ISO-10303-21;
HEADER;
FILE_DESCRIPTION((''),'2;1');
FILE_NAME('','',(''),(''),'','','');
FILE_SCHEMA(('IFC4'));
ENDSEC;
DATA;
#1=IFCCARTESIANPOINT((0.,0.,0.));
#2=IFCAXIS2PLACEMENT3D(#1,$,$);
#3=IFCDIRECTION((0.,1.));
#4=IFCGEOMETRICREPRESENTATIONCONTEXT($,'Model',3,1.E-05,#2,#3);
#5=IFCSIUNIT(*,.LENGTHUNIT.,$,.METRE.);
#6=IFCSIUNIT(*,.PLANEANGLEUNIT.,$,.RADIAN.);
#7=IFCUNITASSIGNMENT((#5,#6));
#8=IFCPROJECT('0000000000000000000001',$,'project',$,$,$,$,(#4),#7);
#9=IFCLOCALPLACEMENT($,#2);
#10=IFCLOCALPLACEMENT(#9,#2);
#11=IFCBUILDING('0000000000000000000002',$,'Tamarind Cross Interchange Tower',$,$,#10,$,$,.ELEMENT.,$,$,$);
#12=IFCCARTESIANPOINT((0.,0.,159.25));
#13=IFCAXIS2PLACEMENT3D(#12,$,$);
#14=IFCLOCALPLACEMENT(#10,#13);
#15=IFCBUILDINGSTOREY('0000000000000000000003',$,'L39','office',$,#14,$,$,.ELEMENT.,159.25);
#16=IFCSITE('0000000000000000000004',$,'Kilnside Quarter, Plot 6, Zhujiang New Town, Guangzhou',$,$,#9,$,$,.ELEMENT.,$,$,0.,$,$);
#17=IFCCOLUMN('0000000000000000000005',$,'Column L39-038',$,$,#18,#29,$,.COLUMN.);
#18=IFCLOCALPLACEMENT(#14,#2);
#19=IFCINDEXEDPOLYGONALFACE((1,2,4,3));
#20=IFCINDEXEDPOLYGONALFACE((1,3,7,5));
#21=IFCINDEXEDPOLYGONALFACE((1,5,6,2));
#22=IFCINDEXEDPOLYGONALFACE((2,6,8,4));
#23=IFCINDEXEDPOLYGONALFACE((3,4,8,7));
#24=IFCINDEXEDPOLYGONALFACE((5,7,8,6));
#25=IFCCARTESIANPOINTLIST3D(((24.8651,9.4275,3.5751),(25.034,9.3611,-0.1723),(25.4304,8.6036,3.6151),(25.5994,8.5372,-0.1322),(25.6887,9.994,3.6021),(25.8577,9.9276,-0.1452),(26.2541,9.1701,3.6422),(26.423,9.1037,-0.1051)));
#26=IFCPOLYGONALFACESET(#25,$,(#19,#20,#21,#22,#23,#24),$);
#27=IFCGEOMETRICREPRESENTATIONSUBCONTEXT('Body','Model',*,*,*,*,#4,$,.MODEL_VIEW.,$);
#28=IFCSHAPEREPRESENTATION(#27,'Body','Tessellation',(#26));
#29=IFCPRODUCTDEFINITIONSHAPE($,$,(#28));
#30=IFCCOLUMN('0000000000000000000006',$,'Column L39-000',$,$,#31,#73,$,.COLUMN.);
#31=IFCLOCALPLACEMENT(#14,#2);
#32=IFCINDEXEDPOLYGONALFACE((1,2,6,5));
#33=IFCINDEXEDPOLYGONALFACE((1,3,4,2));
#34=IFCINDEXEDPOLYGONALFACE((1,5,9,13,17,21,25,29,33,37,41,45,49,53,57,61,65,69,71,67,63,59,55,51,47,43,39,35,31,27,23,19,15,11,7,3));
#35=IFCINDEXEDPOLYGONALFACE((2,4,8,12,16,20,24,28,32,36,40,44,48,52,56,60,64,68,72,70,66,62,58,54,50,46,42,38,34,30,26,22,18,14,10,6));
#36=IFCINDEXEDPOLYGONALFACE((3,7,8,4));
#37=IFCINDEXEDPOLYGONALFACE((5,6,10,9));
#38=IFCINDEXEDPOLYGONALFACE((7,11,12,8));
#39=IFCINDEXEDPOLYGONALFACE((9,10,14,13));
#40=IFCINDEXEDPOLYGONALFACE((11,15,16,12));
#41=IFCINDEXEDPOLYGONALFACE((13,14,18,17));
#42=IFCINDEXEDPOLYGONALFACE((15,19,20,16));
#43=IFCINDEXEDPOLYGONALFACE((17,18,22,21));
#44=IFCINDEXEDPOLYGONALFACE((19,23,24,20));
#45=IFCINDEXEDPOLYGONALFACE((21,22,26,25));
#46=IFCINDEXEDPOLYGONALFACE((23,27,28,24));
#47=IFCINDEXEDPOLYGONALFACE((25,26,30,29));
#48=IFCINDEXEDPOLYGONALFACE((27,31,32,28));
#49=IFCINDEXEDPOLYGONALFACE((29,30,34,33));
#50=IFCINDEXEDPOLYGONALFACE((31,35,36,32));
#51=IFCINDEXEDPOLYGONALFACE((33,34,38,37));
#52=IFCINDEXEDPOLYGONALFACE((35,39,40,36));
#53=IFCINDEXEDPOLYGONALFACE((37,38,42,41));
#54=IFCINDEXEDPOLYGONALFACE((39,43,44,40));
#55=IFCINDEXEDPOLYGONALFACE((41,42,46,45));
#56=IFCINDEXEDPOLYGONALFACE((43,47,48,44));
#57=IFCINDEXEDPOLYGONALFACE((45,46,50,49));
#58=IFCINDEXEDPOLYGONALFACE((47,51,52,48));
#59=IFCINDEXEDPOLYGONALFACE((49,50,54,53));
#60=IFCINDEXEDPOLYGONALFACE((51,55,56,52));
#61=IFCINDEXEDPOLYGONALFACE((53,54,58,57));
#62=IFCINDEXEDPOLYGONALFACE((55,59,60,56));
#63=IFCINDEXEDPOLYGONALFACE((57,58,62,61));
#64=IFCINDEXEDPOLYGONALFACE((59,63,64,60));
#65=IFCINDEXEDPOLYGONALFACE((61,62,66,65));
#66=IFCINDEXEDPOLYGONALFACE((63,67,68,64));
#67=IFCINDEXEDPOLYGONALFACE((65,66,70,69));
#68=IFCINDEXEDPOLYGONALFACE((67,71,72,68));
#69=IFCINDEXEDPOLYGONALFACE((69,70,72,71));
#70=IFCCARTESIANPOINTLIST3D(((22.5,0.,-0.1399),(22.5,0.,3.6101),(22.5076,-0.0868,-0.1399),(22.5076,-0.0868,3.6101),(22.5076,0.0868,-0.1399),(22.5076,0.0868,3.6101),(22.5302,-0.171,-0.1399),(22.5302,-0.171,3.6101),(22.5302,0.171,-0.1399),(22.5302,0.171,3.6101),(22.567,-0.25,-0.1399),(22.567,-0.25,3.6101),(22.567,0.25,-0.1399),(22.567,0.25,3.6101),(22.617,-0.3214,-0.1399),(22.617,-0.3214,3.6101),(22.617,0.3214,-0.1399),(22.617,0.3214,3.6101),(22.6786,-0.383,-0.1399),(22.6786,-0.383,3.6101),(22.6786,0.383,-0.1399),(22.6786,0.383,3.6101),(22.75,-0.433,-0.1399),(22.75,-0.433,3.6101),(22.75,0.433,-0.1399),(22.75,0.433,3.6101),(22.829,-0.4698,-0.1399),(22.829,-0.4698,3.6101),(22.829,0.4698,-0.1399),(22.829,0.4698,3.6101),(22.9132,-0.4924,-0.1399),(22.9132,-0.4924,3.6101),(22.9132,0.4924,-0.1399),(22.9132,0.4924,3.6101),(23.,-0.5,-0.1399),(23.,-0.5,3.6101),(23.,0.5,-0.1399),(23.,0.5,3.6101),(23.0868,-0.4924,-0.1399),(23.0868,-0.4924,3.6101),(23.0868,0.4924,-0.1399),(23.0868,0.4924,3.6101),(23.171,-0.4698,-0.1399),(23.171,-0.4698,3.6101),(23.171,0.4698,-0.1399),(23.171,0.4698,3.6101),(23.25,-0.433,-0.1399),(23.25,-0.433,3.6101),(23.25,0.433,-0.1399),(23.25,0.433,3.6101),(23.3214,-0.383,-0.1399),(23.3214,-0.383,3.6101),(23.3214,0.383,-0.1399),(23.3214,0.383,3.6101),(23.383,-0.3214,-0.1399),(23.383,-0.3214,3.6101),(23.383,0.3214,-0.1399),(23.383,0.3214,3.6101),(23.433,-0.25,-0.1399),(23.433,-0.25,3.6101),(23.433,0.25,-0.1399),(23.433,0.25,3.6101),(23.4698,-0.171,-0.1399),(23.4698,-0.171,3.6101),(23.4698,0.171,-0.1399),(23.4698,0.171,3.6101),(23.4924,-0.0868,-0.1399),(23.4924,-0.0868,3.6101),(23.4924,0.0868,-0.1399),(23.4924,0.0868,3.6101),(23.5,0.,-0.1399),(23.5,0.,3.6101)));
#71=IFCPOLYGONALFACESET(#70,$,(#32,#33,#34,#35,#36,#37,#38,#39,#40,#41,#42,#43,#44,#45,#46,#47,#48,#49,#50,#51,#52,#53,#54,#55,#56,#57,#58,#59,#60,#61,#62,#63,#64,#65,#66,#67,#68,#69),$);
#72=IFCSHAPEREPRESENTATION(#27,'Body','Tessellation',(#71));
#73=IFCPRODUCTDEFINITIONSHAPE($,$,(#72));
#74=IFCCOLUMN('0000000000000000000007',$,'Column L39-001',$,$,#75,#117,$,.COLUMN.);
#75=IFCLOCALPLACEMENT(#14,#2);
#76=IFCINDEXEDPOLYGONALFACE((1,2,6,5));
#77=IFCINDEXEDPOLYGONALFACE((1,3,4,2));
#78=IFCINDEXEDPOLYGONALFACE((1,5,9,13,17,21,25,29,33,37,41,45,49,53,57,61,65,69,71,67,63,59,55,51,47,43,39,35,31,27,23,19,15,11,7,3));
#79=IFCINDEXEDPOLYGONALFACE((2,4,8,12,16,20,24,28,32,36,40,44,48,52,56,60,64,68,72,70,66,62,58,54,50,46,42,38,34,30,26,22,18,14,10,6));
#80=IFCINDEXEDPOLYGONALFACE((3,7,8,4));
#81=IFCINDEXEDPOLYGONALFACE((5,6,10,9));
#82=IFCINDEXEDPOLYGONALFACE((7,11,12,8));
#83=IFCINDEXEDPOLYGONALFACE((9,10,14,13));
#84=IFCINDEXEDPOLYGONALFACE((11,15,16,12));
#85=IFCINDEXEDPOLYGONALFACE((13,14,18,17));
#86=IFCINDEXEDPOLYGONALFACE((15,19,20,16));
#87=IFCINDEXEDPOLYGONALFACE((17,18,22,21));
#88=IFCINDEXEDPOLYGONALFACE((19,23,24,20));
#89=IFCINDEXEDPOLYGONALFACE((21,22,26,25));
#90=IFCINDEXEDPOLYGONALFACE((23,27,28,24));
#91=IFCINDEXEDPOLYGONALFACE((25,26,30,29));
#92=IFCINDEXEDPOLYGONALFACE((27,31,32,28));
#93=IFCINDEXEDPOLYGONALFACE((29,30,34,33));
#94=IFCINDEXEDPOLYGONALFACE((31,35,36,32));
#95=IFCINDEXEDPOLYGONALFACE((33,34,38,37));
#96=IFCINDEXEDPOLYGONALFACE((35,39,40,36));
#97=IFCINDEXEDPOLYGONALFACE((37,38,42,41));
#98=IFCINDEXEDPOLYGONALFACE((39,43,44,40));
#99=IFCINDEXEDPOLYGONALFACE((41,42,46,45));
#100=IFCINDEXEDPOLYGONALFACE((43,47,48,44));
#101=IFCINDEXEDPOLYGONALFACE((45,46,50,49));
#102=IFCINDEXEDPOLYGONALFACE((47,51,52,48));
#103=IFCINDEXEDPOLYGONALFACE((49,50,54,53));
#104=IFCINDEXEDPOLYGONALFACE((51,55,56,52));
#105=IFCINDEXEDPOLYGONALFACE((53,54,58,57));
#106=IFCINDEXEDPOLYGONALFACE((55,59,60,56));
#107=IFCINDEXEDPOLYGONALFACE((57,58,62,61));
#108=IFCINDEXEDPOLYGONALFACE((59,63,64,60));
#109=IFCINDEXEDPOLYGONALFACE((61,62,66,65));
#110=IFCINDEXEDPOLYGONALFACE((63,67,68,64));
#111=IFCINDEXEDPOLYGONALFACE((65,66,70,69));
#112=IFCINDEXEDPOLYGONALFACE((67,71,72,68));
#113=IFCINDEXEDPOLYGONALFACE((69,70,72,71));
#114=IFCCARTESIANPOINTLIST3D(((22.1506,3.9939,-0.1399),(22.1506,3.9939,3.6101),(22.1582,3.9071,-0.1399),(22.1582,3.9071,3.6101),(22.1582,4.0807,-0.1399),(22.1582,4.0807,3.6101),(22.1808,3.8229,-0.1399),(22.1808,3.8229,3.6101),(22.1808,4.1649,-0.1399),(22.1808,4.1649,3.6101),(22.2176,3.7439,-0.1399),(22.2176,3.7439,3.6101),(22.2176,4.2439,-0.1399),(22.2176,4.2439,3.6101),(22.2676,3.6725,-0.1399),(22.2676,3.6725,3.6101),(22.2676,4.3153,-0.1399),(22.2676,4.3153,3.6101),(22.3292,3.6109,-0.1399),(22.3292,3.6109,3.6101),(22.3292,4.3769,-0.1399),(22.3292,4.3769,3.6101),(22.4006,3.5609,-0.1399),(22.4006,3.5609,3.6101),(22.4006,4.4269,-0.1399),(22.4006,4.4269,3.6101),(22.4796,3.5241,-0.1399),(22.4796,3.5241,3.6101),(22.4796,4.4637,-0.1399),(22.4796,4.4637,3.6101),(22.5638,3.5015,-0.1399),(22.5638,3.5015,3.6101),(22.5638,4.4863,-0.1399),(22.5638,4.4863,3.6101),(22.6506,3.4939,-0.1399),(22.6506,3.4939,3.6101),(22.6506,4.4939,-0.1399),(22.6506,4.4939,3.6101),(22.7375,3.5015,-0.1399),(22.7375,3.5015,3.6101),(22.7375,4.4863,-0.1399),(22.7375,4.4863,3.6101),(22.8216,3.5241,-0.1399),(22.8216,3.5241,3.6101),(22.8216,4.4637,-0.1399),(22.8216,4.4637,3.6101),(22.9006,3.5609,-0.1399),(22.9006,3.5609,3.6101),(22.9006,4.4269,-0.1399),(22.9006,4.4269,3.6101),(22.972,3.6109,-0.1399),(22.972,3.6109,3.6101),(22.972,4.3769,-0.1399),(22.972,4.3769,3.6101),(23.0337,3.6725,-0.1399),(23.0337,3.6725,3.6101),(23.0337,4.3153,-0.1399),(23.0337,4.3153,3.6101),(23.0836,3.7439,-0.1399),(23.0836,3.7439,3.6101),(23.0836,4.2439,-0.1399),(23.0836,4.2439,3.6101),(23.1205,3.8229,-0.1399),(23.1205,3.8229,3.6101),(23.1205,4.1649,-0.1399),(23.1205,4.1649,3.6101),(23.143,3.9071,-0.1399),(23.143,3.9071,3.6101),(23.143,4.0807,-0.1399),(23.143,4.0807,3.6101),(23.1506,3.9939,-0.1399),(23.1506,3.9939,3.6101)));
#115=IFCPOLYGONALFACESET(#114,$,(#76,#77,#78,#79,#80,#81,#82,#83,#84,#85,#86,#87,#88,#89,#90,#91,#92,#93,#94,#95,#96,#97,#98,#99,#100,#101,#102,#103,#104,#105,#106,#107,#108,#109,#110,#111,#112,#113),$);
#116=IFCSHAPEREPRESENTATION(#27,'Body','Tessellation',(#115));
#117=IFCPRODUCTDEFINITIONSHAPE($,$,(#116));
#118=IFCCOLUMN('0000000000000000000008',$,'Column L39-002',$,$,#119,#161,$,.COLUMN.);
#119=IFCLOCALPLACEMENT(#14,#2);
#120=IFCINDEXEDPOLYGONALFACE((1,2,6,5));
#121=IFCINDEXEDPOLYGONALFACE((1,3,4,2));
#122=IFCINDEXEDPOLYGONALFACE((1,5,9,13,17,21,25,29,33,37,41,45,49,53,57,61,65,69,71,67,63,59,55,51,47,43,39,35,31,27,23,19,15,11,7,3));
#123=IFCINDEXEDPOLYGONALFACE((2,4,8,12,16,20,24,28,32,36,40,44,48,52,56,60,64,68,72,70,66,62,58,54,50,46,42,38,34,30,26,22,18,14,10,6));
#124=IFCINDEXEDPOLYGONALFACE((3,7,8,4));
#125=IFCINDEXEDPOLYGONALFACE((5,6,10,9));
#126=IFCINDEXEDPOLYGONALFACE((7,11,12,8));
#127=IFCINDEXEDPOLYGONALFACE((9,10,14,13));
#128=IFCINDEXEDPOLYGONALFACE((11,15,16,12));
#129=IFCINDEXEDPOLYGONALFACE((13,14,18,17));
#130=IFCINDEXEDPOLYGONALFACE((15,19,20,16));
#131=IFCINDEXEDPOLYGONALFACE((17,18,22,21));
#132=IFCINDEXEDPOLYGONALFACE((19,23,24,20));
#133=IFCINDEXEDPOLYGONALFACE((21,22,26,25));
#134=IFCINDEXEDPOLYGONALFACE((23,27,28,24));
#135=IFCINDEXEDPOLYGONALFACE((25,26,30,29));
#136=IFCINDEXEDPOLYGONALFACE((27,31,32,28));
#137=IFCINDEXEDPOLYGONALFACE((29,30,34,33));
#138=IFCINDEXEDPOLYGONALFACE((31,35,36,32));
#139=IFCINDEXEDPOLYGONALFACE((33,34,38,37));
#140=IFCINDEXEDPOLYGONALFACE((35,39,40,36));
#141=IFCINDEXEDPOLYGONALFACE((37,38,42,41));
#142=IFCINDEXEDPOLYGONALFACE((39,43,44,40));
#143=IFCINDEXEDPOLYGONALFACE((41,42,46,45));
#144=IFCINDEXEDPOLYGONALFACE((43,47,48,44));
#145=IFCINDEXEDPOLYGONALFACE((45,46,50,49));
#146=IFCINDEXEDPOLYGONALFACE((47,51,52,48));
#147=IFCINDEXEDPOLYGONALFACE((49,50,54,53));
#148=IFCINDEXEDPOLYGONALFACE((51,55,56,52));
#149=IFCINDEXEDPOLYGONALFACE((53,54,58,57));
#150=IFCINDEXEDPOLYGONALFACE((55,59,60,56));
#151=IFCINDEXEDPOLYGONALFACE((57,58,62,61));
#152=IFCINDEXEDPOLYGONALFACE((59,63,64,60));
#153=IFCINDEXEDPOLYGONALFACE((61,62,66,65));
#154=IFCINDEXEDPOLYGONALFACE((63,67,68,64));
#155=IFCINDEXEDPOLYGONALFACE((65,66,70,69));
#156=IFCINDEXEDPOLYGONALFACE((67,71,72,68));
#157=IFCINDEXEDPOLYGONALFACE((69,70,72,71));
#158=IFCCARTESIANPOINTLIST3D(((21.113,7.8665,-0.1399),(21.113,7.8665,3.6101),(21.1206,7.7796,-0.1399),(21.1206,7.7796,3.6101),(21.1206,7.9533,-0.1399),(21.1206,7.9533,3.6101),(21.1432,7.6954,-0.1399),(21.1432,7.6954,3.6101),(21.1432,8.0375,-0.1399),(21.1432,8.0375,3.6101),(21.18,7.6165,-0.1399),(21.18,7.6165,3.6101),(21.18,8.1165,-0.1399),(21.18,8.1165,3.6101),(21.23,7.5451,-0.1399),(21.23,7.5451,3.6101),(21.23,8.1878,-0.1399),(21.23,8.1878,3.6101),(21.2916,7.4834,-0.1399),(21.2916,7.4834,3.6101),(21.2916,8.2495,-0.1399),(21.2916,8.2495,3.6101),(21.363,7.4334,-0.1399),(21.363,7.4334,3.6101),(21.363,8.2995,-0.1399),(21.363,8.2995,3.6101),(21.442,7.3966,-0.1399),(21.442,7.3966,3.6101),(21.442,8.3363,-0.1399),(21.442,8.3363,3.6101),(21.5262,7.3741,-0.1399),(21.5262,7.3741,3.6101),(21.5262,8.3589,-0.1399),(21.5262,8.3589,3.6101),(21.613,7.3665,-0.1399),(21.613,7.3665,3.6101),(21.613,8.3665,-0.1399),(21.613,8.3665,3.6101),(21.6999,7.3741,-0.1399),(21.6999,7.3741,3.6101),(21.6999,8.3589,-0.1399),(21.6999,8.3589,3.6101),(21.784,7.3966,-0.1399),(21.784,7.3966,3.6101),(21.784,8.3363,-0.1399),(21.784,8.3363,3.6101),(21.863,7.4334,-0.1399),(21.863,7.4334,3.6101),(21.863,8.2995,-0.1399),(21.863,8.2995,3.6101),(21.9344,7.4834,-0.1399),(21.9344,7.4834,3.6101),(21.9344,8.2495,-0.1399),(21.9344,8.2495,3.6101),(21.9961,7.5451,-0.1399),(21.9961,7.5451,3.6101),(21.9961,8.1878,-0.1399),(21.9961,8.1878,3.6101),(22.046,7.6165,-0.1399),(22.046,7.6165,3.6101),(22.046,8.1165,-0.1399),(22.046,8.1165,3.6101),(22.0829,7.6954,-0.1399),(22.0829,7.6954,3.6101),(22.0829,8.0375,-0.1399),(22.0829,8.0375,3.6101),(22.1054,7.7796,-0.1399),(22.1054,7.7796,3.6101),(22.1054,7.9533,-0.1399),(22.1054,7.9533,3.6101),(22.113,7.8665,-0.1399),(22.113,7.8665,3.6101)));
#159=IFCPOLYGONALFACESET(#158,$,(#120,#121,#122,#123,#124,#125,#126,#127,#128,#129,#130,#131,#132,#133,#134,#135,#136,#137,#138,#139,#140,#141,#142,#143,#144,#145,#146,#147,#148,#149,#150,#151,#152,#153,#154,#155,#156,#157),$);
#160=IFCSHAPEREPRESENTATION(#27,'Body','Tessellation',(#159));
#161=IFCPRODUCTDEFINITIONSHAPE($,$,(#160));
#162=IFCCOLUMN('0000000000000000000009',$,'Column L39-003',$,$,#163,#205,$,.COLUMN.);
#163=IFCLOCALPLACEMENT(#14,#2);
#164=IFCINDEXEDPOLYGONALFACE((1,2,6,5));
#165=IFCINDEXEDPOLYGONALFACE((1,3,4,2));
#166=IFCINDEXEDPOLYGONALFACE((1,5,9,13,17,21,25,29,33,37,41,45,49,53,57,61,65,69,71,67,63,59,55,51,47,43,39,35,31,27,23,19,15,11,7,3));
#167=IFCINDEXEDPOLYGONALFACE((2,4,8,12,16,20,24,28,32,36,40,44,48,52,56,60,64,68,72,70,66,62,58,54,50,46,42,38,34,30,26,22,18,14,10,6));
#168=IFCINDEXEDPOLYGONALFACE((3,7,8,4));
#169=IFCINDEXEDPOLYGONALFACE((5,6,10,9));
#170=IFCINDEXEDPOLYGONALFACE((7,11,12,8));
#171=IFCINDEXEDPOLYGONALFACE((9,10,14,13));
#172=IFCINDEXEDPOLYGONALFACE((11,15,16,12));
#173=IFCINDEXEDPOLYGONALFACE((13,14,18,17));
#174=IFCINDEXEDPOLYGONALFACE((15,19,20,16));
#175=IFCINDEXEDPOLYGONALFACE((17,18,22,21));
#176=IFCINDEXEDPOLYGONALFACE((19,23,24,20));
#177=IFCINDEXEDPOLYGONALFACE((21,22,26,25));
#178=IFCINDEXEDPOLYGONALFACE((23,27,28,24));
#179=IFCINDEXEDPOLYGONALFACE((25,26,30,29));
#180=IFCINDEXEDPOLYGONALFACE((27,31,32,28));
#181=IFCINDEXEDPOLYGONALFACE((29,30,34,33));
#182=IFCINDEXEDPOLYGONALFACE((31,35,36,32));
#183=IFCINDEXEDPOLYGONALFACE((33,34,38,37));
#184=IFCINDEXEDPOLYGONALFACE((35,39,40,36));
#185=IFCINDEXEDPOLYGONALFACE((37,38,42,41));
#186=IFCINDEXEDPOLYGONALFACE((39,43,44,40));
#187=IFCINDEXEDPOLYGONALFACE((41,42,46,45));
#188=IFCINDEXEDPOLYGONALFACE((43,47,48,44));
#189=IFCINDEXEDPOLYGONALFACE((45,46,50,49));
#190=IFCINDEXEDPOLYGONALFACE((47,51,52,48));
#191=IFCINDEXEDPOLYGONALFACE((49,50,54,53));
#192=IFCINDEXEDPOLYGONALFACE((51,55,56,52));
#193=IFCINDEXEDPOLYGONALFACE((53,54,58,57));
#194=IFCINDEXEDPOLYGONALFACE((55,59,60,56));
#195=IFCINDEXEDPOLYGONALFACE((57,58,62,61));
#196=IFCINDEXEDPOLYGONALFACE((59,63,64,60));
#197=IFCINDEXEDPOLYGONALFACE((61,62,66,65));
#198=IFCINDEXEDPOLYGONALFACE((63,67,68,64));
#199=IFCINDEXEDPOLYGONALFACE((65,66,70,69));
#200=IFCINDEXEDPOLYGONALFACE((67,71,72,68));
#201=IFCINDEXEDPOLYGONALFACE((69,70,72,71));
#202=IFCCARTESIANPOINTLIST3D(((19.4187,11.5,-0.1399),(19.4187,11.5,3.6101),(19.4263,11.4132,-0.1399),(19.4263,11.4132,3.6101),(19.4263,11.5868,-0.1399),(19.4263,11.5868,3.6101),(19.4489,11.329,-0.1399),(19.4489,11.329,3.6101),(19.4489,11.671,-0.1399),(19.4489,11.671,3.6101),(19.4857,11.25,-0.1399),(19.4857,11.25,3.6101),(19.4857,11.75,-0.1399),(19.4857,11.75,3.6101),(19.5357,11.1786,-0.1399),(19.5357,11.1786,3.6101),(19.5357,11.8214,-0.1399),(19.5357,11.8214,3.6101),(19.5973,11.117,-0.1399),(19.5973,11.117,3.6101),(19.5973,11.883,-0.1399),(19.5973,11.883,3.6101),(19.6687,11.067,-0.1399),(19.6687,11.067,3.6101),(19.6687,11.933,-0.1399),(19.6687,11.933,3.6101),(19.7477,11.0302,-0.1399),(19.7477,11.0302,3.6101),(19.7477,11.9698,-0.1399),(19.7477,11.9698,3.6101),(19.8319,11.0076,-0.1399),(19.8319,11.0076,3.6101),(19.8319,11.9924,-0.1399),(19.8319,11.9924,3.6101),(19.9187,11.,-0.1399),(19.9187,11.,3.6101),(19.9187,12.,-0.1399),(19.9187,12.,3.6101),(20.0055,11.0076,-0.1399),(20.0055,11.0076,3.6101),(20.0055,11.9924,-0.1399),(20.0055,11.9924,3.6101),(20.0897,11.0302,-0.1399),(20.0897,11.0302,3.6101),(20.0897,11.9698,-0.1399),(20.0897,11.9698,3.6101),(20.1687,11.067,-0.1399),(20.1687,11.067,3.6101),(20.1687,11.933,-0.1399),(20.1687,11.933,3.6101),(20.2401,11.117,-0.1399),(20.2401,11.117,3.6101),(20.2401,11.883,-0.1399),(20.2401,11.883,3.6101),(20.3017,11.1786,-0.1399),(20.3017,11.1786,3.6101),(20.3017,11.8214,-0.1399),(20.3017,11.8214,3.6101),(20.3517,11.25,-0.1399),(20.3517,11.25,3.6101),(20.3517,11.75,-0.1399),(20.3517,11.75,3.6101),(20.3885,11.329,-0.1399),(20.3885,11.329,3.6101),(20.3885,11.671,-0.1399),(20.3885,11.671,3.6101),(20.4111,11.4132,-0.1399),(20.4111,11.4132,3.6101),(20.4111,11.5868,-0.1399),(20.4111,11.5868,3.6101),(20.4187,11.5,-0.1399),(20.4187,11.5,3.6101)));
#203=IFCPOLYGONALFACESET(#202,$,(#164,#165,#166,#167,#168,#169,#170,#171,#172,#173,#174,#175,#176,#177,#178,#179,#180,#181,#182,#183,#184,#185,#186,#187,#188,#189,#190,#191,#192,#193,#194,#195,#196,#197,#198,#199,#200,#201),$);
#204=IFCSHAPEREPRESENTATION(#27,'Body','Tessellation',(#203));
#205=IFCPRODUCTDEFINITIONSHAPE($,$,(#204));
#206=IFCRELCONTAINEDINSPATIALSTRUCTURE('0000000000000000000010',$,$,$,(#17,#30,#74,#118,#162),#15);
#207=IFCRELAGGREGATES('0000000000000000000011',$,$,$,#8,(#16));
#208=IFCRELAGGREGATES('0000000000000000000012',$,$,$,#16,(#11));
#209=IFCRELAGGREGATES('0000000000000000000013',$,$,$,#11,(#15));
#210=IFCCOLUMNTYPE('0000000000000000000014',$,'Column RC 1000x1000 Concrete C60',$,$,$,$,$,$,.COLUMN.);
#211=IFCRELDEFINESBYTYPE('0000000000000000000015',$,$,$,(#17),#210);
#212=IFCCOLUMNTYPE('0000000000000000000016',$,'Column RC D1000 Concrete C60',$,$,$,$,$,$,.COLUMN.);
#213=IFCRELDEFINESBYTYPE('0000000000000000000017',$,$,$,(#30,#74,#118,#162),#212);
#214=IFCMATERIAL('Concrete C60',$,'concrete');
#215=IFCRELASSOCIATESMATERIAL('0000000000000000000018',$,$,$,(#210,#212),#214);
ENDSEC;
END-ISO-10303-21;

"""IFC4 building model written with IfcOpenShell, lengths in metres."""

from ifc_helpers import new_model, si_unit, direction, frame, origin, origin_2d, place, context, subcontext, project, spatial, rectangle, circle, extrude, material, material_profile, profile_set, type_object, element, save


model = new_model("IFC4")

# Units and contexts
model_context = context("Model", 3, precision=1e-05, world=origin(), true_north=direction((0.0, 1.0)))
body_context = subcontext(model_context, "Body", "Model", "MODEL_VIEW")
ifc_project = project(units=[si_unit("LENGTHUNIT", "METRE"), si_unit("PLANEANGLEUNIT", "RADIAN")], contexts=[model_context])

# Site, building, storey
site_placement = place(None, origin())
site = spatial("IfcSite", under=ifc_project, at=site_placement, Name="Kilnside Quarter, Plot 6, Zhujiang New Town, Guangzhou", CompositionType="ELEMENT", RefElevation=0.0)
building_placement = place(site_placement, origin())
building = spatial("IfcBuilding", under=site, at=building_placement, Name="Tamarind Cross Interchange Tower", CompositionType="ELEMENT")
storey_placement = place(building_placement, frame((0.0, 0.0, 159.25)))
storey = spatial("IfcBuildingStorey", under=building, at=storey_placement, Name="L39", Description="office", CompositionType="ELEMENT", Elevation=159.25)

# Columns
ifc_material_1 = material(Name="Concrete C60", Category="concrete")
ifc_material_profile_1 = material_profile(ifc_material_1, rectangle(XDim=1.0, YDim=1.0, at=origin_2d()), Name="RC 1000x1000")
ifc_profile_set_1 = profile_set([ifc_material_profile_1], Name="Concrete C60")
column_type_1 = type_object("IfcColumnType", Name="Column RC 1000x1000 Concrete C60", PredefinedType="COLUMN", material=ifc_profile_set_1)
column_placement = place(storey_placement, frame((25.7285, 9.2324, -0.1387), z_axis=(-0.045032, 0.0177, 0.998829), x_axis=(0.565347, -0.823878, 0.040088)))
element("IfcColumn", 1, at=column_placement, inside=storey, type_object=column_type_1, Name="Column L39-038", PredefinedType="COLUMN", context=body_context, shape_type="SweptSolid", body=[
    extrude(rectangle(XDim=1.0, YDim=1.0, at=origin_2d()), origin(), (0.0, 0.0, 1.0), 3.7517),
])
ifc_material_profile_2 = material_profile(ifc_material_1, circle(Radius=0.5, at=origin_2d()), Name="RC D1000")
ifc_profile_set_2 = profile_set([ifc_material_profile_2], Name="Concrete C60")
column_type_2 = type_object("IfcColumnType", Name="Column RC D1000 Concrete C60", PredefinedType="COLUMN", material=ifc_profile_set_2)
for number, where, z_axis, x_axis, name in (
    (2, (23.0, 0.0, -0.1399), (0.0, 0.0, 1.0), (1.0, 0.0, 0.0), "Column L39-000"),
    (3, (22.6506, 3.9939, -0.1399), (0.0, 0.0, 1.0), (1.0, 0.0, 0.0), "Column L39-001"),
    (4, (21.613, 7.8665, -0.1399), (0.0, 0.0, 1.0), (1.0, 0.0, 0.0), "Column L39-002"),
    (5, (19.9187, 11.5, -0.1399), (0.0, 0.0, 1.0), (1.0, 0.0, 0.0), "Column L39-003"),
):
    element("IfcColumn", number, at=place(storey_placement, frame(where, z_axis=z_axis, x_axis=x_axis)), inside=storey, type_object=column_type_2, Name=name, PredefinedType="COLUMN", context=body_context, shape_type="SweptSolid", body=[
        extrude(circle(Radius=0.5, at=origin_2d()), origin(), (0.0, 0.0, 1.0), 3.75),
    ])

save(model, "model.ifc")
